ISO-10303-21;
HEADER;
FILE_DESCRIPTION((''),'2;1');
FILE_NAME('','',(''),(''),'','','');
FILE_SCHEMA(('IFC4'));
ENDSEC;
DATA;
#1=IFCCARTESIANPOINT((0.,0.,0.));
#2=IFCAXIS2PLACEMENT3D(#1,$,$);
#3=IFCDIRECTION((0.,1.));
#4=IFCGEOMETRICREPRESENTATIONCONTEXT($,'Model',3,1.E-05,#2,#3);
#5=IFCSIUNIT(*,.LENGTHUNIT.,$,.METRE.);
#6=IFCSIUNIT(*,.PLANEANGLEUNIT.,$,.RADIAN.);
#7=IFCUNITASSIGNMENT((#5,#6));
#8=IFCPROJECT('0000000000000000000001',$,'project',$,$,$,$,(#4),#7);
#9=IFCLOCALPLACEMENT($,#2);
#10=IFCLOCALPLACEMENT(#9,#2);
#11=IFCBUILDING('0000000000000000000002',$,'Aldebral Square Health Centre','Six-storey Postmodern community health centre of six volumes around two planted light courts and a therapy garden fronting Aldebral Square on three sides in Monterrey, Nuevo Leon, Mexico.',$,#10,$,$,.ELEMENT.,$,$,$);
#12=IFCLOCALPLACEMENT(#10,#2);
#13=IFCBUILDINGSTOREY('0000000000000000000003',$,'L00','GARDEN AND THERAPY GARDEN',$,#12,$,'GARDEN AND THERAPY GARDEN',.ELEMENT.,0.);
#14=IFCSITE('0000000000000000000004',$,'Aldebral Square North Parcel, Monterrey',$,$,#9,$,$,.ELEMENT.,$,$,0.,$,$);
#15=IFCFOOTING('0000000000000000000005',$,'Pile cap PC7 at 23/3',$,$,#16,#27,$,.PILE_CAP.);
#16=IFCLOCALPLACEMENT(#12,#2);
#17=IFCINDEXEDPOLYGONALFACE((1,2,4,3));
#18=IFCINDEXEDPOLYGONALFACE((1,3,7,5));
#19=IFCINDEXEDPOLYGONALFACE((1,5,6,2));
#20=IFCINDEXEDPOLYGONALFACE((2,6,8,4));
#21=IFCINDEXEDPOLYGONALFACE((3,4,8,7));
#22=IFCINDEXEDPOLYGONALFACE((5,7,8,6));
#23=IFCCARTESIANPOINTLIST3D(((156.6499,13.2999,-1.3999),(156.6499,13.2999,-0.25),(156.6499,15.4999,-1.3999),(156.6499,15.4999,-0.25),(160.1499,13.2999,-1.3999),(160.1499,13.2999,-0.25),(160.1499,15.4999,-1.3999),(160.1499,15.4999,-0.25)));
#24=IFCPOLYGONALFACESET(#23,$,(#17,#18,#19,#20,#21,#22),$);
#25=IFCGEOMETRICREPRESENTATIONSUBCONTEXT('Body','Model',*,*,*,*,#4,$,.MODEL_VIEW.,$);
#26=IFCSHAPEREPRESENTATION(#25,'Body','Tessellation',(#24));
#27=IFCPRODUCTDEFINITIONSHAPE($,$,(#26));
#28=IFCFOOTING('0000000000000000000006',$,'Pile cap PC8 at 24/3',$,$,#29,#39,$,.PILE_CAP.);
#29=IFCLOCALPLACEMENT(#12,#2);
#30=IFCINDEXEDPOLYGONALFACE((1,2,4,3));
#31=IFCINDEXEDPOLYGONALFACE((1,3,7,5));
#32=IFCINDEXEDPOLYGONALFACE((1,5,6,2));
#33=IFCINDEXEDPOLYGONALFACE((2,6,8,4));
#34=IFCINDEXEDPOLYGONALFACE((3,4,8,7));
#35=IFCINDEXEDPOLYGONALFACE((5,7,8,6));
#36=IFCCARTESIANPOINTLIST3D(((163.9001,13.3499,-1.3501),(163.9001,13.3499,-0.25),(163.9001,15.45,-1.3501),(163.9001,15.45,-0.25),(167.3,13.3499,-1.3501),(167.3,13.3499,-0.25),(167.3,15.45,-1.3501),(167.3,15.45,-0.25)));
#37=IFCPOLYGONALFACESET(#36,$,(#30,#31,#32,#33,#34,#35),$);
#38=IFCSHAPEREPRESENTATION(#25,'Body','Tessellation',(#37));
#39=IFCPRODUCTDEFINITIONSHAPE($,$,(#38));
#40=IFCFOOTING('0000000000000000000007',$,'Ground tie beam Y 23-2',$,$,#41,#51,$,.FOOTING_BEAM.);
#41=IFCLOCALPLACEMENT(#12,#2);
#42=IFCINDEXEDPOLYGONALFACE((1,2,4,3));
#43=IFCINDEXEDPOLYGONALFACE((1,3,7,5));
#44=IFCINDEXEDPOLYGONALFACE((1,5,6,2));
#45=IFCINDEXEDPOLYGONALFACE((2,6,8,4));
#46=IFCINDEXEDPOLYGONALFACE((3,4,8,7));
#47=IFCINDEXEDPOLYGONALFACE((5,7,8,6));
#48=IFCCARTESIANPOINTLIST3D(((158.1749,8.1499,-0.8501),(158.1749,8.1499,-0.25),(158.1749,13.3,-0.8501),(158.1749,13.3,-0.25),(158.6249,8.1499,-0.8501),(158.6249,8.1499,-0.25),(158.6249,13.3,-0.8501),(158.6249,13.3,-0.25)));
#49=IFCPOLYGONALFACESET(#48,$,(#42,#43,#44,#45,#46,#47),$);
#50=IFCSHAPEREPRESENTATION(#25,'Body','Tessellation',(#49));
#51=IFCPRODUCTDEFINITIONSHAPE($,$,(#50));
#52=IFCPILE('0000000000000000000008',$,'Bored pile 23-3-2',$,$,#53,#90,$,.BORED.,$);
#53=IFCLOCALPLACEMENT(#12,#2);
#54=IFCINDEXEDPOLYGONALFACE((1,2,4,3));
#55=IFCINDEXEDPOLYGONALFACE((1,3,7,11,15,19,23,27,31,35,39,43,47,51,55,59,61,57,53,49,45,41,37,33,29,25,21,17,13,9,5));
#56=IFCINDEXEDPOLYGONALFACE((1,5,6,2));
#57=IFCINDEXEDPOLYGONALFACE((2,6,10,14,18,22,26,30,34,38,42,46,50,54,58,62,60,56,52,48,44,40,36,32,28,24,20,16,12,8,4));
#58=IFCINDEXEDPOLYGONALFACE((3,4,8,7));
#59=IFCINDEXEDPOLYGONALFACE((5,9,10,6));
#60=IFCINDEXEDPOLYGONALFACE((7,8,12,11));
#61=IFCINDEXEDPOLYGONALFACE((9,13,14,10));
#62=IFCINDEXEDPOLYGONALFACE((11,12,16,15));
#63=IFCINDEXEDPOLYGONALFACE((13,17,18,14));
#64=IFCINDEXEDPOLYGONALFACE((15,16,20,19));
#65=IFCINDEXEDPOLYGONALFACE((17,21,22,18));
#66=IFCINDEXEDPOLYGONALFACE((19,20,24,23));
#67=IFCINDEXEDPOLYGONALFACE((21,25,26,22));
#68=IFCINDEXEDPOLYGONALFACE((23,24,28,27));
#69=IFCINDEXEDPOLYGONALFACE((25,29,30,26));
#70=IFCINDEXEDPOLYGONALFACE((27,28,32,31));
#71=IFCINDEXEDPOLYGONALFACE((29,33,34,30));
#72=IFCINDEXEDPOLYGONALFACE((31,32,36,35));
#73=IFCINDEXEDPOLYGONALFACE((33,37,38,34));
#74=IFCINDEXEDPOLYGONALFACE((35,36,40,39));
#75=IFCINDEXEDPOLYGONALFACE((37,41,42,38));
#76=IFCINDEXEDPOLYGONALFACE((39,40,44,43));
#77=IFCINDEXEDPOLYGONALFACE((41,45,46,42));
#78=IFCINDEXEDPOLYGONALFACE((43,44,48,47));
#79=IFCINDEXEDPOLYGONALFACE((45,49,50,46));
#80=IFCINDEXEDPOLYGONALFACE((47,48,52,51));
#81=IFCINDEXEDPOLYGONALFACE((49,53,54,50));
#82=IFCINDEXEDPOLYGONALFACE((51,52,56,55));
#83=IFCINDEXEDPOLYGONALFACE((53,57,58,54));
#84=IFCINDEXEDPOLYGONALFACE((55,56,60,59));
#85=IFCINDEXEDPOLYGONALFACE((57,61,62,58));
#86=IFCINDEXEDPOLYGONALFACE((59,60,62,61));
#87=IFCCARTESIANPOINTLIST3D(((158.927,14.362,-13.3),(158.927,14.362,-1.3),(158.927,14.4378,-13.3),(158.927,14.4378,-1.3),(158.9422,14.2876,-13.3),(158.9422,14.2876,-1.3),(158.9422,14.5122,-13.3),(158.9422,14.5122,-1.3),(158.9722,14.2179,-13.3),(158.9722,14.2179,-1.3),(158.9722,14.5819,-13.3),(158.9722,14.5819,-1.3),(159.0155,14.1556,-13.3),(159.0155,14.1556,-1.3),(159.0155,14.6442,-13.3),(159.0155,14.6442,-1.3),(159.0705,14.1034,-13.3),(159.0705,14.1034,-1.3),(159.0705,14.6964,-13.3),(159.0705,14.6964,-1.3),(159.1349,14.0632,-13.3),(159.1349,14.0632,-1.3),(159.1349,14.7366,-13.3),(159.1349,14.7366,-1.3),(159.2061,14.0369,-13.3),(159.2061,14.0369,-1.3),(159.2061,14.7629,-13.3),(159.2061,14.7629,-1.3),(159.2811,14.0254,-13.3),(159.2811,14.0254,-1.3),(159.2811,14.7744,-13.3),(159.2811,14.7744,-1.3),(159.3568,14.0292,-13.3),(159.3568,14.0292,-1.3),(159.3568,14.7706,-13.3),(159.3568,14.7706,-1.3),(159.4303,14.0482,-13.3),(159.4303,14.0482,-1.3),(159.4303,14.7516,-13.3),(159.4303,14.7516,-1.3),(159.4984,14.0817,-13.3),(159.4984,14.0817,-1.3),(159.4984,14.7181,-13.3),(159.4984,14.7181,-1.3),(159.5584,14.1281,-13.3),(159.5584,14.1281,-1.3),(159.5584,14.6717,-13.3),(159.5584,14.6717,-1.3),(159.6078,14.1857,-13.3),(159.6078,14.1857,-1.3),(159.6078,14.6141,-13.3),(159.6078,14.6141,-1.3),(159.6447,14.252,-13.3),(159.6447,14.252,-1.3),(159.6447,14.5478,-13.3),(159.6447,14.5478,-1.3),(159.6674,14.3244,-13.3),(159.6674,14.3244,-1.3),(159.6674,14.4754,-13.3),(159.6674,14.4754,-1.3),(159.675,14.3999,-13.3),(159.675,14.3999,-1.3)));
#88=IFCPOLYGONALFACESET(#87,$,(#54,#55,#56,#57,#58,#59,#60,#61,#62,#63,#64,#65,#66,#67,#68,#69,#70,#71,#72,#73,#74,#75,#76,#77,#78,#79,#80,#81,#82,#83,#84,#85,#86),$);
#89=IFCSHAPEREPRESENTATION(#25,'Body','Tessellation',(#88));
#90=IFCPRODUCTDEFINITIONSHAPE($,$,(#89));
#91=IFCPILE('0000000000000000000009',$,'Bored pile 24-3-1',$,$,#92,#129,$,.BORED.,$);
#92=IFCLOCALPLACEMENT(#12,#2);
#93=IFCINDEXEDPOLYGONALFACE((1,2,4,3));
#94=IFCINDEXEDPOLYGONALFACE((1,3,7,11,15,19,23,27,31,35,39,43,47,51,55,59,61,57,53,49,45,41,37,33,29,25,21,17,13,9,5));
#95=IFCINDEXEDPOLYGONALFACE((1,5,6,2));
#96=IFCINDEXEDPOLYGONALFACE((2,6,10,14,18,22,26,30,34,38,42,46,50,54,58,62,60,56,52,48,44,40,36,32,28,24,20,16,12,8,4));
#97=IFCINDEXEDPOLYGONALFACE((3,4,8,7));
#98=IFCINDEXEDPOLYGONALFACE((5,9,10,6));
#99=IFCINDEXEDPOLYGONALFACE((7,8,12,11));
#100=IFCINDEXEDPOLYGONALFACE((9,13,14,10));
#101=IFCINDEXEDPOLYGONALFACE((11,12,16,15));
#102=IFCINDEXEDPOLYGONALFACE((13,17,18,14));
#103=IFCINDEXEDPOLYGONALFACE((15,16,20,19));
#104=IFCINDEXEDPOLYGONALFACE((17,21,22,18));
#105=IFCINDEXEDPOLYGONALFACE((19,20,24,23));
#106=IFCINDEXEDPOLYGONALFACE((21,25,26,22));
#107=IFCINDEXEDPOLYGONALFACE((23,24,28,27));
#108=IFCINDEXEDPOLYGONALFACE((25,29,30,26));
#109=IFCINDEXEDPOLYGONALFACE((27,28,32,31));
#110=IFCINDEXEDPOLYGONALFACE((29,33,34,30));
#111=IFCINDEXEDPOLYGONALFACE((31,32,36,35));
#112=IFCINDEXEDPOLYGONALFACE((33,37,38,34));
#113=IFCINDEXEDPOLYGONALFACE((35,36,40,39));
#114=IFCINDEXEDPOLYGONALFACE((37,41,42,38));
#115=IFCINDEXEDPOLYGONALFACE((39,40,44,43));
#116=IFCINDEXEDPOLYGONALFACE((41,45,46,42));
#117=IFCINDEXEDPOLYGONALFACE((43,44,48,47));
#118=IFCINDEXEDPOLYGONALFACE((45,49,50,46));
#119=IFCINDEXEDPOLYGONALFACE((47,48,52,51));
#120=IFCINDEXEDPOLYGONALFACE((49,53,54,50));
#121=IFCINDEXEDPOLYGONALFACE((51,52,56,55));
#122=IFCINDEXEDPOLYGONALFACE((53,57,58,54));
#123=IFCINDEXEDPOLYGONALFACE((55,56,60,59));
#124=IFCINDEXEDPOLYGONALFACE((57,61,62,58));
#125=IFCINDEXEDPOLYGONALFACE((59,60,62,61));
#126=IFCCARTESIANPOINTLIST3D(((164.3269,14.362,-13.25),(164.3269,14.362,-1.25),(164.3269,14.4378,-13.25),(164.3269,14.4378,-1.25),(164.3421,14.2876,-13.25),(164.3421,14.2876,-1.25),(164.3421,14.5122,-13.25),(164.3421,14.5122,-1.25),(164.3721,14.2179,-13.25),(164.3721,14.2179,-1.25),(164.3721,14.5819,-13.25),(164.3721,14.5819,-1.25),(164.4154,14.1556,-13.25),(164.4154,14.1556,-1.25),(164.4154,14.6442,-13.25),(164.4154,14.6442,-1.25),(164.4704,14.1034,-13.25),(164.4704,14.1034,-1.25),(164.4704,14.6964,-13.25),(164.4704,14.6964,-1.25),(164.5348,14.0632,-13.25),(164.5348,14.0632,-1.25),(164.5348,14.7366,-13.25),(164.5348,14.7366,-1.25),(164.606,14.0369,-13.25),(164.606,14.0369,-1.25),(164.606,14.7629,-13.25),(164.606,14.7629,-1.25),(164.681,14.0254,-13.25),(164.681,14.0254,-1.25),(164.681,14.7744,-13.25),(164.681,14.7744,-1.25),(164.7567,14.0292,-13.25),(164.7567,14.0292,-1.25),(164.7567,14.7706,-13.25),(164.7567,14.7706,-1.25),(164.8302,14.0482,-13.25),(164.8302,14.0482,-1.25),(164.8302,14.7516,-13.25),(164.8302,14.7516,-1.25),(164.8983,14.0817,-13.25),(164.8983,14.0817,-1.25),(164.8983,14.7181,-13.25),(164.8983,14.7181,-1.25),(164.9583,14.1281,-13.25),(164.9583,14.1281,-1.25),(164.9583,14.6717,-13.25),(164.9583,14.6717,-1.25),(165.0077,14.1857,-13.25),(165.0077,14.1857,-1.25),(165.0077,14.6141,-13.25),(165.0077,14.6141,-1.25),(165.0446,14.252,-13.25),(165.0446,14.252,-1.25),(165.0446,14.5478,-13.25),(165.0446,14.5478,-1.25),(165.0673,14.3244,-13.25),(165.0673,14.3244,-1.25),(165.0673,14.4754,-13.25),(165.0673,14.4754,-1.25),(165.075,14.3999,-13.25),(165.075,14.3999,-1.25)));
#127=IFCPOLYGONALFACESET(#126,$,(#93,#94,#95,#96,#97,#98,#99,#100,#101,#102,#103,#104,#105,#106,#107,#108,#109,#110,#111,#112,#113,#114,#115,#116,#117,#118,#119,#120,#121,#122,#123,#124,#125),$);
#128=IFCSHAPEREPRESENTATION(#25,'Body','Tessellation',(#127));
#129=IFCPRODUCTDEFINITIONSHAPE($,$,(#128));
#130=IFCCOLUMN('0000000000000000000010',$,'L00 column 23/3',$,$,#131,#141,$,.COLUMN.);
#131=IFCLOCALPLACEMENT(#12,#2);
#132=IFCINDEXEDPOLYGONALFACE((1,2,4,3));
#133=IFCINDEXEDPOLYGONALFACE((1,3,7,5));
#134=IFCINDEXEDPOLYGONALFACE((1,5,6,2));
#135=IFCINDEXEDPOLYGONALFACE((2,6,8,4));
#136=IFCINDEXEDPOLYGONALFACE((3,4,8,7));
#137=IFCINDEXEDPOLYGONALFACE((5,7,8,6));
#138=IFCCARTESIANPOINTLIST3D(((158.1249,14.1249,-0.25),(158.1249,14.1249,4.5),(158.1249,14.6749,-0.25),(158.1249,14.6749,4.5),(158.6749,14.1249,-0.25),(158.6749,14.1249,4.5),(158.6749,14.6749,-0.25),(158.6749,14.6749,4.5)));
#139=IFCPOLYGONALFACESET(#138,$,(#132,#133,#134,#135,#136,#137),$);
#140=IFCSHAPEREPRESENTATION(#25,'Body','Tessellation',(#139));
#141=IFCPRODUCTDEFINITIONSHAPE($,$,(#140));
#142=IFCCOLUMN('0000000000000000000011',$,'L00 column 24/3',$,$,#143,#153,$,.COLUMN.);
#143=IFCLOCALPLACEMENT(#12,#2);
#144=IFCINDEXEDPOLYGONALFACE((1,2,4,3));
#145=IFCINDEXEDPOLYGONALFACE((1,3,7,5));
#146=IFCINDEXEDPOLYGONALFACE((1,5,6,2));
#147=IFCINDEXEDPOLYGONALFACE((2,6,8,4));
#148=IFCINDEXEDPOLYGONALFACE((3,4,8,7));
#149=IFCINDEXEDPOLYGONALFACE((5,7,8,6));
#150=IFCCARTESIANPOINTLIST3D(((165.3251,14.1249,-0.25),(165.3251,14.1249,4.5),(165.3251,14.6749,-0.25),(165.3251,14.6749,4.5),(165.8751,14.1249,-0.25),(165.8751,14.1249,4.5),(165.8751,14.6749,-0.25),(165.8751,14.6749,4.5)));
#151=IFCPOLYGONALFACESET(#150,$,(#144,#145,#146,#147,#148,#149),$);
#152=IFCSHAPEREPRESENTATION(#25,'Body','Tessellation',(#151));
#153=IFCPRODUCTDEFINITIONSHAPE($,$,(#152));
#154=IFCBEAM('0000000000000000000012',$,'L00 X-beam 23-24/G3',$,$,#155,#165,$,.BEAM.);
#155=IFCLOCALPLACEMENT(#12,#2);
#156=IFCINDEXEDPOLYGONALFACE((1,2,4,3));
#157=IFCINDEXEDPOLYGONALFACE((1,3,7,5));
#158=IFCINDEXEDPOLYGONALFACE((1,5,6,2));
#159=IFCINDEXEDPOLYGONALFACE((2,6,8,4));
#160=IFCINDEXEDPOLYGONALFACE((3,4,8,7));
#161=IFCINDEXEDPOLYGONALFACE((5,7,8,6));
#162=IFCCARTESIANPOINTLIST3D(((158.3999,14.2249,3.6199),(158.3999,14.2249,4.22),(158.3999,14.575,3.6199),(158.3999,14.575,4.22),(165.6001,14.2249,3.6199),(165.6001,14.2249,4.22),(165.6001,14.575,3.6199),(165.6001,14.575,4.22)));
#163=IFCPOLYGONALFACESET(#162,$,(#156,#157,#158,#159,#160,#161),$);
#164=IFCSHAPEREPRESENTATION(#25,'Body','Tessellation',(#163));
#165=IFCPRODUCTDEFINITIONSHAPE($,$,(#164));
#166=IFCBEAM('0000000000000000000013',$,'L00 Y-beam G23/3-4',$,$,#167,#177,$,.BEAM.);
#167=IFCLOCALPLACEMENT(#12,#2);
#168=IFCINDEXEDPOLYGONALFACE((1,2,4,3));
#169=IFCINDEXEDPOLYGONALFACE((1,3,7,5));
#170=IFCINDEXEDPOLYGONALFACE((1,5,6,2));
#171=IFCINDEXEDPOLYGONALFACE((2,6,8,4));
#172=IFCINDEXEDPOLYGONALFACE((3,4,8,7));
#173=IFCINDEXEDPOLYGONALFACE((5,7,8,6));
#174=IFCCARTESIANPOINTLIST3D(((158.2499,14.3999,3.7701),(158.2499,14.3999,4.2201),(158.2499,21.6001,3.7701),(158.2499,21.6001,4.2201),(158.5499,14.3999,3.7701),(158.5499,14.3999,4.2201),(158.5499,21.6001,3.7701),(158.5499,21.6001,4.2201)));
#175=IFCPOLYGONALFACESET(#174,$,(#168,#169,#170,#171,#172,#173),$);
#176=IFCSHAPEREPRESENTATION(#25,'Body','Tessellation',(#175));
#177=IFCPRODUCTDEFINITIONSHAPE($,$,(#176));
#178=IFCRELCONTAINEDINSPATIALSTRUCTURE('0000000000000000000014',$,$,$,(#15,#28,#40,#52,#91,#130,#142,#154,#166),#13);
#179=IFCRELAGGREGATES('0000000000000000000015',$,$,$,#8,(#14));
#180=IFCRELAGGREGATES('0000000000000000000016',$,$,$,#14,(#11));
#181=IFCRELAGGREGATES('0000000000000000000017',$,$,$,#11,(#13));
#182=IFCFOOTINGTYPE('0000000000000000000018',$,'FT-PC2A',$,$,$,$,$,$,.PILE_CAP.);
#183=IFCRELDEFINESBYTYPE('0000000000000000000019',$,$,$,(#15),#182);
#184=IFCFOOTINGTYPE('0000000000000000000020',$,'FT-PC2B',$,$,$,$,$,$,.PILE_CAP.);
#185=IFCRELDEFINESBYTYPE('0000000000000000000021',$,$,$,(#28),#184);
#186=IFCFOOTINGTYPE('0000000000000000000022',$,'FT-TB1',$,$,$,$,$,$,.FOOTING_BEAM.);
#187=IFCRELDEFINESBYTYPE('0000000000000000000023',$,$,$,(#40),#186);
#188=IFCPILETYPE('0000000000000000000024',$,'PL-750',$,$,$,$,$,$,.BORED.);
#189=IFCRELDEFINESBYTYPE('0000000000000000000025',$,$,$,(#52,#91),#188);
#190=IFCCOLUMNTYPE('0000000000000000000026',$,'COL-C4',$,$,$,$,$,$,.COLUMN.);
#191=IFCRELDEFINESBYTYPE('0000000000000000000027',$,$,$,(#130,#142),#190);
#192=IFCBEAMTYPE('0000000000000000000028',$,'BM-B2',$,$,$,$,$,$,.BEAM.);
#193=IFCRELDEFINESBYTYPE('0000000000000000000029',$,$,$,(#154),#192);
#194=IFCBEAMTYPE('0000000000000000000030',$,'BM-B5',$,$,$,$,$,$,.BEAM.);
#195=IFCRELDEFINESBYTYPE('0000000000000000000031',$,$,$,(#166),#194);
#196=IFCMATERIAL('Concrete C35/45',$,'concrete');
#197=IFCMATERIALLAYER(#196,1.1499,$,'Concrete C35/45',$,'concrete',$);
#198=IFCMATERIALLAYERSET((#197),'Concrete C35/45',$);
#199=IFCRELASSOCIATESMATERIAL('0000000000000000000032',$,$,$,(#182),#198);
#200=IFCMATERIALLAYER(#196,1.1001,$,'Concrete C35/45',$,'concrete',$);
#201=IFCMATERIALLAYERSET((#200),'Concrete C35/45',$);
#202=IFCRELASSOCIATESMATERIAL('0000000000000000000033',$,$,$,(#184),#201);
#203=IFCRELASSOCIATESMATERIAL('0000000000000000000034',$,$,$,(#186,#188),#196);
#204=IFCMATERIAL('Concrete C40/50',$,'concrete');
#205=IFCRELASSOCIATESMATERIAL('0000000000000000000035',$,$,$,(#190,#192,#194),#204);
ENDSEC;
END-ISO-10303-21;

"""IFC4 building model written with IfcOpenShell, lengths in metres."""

from ifc_helpers import new_model, si_unit, direction, frame, origin, origin_2d, place, context, subcontext, project, spatial, rectangle, circle, extrude, material, layer, layer_set, material_profile, profile_set, type_object, element, save


model = new_model("IFC4")

# Units and contexts
model_context = context("Model", 3, precision=1e-05, world=origin(), true_north=direction((0.0, 1.0)))
body_context = subcontext(model_context, "Body", "Model", "MODEL_VIEW")
ifc_project = project(units=[si_unit("LENGTHUNIT", "METRE"), si_unit("PLANEANGLEUNIT", "RADIAN")], contexts=[model_context])

# Site, building, storey
site_placement = place(None, origin())
site = spatial("IfcSite", under=ifc_project, at=site_placement, Name="Aldebral Square North Parcel, Monterrey", CompositionType="ELEMENT", RefElevation=0.0)
building_placement = place(site_placement, origin())
building = spatial("IfcBuilding", under=site, at=building_placement, Name="Aldebral Square Health Centre", Description="Six-storey Postmodern community health centre of six volumes around two planted light courts and a therapy garden fronting Aldebral Square on three sides in Monterrey, Nuevo Leon, Mexico.", CompositionType="ELEMENT")
storey_placement = place(building_placement, origin())
storey = spatial("IfcBuildingStorey", under=building, at=storey_placement, Name="L00", Description="GARDEN AND THERAPY GARDEN", LongName="GARDEN AND THERAPY GARDEN", CompositionType="ELEMENT", Elevation=0.0)

# Footings
ifc_material_1 = material(Name="Concrete C35/45", Category="concrete")
ifc_layer_1 = layer(ifc_material_1, 1.1499, Name="Concrete C35/45", Category="concrete")
ifc_layer_set_1 = layer_set([ifc_layer_1], Name="Concrete C35/45")
footing_type_1 = type_object("IfcFootingType", Name="FT-PC2A", PredefinedType="PILE_CAP", material=ifc_layer_set_1)
footing_1_placement = place(storey_placement, frame((158.3999, 14.3999, -1.3999), z_axis=(0.0, 0.0, 1.0), x_axis=(1.0, 0.0, 0.0)))
element("IfcFooting", 1, at=footing_1_placement, inside=storey, type_object=footing_type_1, Name="Pile cap PC7 at 23/3", PredefinedType="PILE_CAP", context=body_context, shape_type="SweptSolid", body=[
    extrude(rectangle(XDim=3.5, YDim=2.2, at=origin_2d()), origin(), (0.0, 0.0, 1.0), 1.1499),
])
ifc_layer_2 = layer(ifc_material_1, 1.1001, Name="Concrete C35/45", Category="concrete")
ifc_layer_set_2 = layer_set([ifc_layer_2], Name="Concrete C35/45")
footing_type_2 = type_object("IfcFootingType", Name="FT-PC2B", PredefinedType="PILE_CAP", material=ifc_layer_set_2)
footing_2_placement = place(storey_placement, frame((165.6001, 14.3999, -1.3501), z_axis=(0.0, 0.0, 1.0), x_axis=(1.0, 0.0, 0.0)))
element("IfcFooting", 2, at=footing_2_placement, inside=storey, type_object=footing_type_2, Name="Pile cap PC8 at 24/3", PredefinedType="PILE_CAP", context=body_context, shape_type="SweptSolid", body=[
    extrude(rectangle(XDim=3.3999, YDim=2.1001, at=origin_2d()), origin(), (0.0, 0.0, 1.0), 1.1001),
])
ifc_material_profile_1 = material_profile(ifc_material_1, rectangle(XDim=0.45, YDim=0.6001, at=origin_2d()), Name="RC 450x600")
ifc_profile_set_1 = profile_set([ifc_material_profile_1], Name="Concrete C35/45")
footing_type_3 = type_object("IfcFootingType", Name="FT-TB1", PredefinedType="FOOTING_BEAM", material=ifc_profile_set_1)
footing_3_placement = place(storey_placement, frame((158.3999, 8.1499, -0.55), z_axis=(0.0, 1.0, 0.0), x_axis=(-1.0, 0.0, 0.0)))
element("IfcFooting", 3, at=footing_3_placement, inside=storey, type_object=footing_type_3, Name="Ground tie beam Y 23-2", PredefinedType="FOOTING_BEAM", context=body_context, shape_type="SweptSolid", body=[
    extrude(rectangle(XDim=0.45, YDim=0.6001, at=origin_2d()), origin(), (0.0, 0.0, 1.0), 5.1501),
])

# Piles
ifc_material_profile_2 = material_profile(ifc_material_1, circle(Radius=0.375, at=origin_2d()), Name="PILE D750")
ifc_profile_set_2 = profile_set([ifc_material_profile_2], Name="Concrete C35/45")
pile_type = type_object("IfcPileType", Name="PL-750", PredefinedType="BORED", material=ifc_profile_set_2)
for number, where, z_axis, x_axis, name in (
    (4, (159.3, 14.3999, -1.3), (0.0, 0.0, -1.0), (1.0, 0.0, 0.0), "Bored pile 23-3-2"),
    (5, (164.7, 14.3999, -1.25), (0.0, 0.0, -1.0), (1.0, 0.0, 0.0), "Bored pile 24-3-1"),
):
    element("IfcPile", number, at=place(storey_placement, frame(where, z_axis=z_axis, x_axis=x_axis)), inside=storey, type_object=pile_type, Name=name, PredefinedType="BORED", context=body_context, shape_type="SweptSolid", body=[
        extrude(circle(Radius=0.375, at=origin_2d()), origin(), (0.0, 0.0, 1.0), 12.0),
    ])

# Columns
ifc_material_2 = material(Name="Concrete C40/50", Category="concrete")
ifc_material_profile_3 = material_profile(ifc_material_2, rectangle(XDim=0.55, YDim=0.55, at=origin_2d()), Name="RC 550x550")
ifc_profile_set_3 = profile_set([ifc_material_profile_3], Name="Concrete C40/50")
column_type = type_object("IfcColumnType", Name="COL-C4", PredefinedType="COLUMN", material=ifc_profile_set_3)
for number, where, z_axis, x_axis, name in (
    (6, (158.3999, 14.3999, -0.25), (0.0, 0.0, 1.0), (1.0, 0.0, 0.0), "L00 column 23/3"),
    (7, (165.6001, 14.3999, -0.25), (0.0, 0.0, 1.0), (1.0, 0.0, 0.0), "L00 column 24/3"),
):
    element("IfcColumn", number, at=place(storey_placement, frame(where, z_axis=z_axis, x_axis=x_axis)), inside=storey, type_object=column_type, Name=name, PredefinedType="COLUMN", context=body_context, shape_type="SweptSolid", body=[
        extrude(rectangle(XDim=0.55, YDim=0.55, at=origin_2d()), origin(), (0.0, 0.0, 1.0), 4.75),
    ])

# Beams
ifc_material_profile_4 = material_profile(ifc_material_2, rectangle(XDim=0.3501, YDim=0.6001, at=origin_2d()), Name="RC 350x600")
ifc_profile_set_4 = profile_set([ifc_material_profile_4], Name="Concrete C40/50")
beam_type_1 = type_object("IfcBeamType", Name="BM-B2", PredefinedType="BEAM", material=ifc_profile_set_4)
beam_1_placement = place(storey_placement, frame((158.3999, 14.3999, 3.9199), z_axis=(1.0, 0.0, 0.0), x_axis=(0.0, 1.0, 0.0)))
element("IfcBeam", 8, at=beam_1_placement, inside=storey, type_object=beam_type_1, Name="L00 X-beam 23-24/G3", PredefinedType="BEAM", context=body_context, shape_type="SweptSolid", body=[
    extrude(rectangle(XDim=0.3501, YDim=0.6001, at=origin_2d()), origin(), (0.0, 0.0, 1.0), 7.2002),
])
ifc_material_profile_5 = material_profile(ifc_material_2, rectangle(XDim=0.3, YDim=0.45, at=origin_2d()), Name="RC 300x450")
ifc_profile_set_5 = profile_set([ifc_material_profile_5], Name="Concrete C40/50")
beam_type_2 = type_object("IfcBeamType", Name="BM-B5", PredefinedType="BEAM", material=ifc_profile_set_5)
beam_2_placement = place(storey_placement, frame((158.3999, 14.3999, 3.9951), z_axis=(0.0, 1.0, 0.0), x_axis=(-1.0, 0.0, 0.0)))
element("IfcBeam", 9, at=beam_2_placement, inside=storey, type_object=beam_type_2, Name="L00 Y-beam G23/3-4", PredefinedType="BEAM", context=body_context, shape_type="SweptSolid", body=[
    extrude(rectangle(XDim=0.3, YDim=0.45, at=origin_2d()), origin(), (0.0, 0.0, 1.0), 7.2002),
])

save(model, "model.ifc")
